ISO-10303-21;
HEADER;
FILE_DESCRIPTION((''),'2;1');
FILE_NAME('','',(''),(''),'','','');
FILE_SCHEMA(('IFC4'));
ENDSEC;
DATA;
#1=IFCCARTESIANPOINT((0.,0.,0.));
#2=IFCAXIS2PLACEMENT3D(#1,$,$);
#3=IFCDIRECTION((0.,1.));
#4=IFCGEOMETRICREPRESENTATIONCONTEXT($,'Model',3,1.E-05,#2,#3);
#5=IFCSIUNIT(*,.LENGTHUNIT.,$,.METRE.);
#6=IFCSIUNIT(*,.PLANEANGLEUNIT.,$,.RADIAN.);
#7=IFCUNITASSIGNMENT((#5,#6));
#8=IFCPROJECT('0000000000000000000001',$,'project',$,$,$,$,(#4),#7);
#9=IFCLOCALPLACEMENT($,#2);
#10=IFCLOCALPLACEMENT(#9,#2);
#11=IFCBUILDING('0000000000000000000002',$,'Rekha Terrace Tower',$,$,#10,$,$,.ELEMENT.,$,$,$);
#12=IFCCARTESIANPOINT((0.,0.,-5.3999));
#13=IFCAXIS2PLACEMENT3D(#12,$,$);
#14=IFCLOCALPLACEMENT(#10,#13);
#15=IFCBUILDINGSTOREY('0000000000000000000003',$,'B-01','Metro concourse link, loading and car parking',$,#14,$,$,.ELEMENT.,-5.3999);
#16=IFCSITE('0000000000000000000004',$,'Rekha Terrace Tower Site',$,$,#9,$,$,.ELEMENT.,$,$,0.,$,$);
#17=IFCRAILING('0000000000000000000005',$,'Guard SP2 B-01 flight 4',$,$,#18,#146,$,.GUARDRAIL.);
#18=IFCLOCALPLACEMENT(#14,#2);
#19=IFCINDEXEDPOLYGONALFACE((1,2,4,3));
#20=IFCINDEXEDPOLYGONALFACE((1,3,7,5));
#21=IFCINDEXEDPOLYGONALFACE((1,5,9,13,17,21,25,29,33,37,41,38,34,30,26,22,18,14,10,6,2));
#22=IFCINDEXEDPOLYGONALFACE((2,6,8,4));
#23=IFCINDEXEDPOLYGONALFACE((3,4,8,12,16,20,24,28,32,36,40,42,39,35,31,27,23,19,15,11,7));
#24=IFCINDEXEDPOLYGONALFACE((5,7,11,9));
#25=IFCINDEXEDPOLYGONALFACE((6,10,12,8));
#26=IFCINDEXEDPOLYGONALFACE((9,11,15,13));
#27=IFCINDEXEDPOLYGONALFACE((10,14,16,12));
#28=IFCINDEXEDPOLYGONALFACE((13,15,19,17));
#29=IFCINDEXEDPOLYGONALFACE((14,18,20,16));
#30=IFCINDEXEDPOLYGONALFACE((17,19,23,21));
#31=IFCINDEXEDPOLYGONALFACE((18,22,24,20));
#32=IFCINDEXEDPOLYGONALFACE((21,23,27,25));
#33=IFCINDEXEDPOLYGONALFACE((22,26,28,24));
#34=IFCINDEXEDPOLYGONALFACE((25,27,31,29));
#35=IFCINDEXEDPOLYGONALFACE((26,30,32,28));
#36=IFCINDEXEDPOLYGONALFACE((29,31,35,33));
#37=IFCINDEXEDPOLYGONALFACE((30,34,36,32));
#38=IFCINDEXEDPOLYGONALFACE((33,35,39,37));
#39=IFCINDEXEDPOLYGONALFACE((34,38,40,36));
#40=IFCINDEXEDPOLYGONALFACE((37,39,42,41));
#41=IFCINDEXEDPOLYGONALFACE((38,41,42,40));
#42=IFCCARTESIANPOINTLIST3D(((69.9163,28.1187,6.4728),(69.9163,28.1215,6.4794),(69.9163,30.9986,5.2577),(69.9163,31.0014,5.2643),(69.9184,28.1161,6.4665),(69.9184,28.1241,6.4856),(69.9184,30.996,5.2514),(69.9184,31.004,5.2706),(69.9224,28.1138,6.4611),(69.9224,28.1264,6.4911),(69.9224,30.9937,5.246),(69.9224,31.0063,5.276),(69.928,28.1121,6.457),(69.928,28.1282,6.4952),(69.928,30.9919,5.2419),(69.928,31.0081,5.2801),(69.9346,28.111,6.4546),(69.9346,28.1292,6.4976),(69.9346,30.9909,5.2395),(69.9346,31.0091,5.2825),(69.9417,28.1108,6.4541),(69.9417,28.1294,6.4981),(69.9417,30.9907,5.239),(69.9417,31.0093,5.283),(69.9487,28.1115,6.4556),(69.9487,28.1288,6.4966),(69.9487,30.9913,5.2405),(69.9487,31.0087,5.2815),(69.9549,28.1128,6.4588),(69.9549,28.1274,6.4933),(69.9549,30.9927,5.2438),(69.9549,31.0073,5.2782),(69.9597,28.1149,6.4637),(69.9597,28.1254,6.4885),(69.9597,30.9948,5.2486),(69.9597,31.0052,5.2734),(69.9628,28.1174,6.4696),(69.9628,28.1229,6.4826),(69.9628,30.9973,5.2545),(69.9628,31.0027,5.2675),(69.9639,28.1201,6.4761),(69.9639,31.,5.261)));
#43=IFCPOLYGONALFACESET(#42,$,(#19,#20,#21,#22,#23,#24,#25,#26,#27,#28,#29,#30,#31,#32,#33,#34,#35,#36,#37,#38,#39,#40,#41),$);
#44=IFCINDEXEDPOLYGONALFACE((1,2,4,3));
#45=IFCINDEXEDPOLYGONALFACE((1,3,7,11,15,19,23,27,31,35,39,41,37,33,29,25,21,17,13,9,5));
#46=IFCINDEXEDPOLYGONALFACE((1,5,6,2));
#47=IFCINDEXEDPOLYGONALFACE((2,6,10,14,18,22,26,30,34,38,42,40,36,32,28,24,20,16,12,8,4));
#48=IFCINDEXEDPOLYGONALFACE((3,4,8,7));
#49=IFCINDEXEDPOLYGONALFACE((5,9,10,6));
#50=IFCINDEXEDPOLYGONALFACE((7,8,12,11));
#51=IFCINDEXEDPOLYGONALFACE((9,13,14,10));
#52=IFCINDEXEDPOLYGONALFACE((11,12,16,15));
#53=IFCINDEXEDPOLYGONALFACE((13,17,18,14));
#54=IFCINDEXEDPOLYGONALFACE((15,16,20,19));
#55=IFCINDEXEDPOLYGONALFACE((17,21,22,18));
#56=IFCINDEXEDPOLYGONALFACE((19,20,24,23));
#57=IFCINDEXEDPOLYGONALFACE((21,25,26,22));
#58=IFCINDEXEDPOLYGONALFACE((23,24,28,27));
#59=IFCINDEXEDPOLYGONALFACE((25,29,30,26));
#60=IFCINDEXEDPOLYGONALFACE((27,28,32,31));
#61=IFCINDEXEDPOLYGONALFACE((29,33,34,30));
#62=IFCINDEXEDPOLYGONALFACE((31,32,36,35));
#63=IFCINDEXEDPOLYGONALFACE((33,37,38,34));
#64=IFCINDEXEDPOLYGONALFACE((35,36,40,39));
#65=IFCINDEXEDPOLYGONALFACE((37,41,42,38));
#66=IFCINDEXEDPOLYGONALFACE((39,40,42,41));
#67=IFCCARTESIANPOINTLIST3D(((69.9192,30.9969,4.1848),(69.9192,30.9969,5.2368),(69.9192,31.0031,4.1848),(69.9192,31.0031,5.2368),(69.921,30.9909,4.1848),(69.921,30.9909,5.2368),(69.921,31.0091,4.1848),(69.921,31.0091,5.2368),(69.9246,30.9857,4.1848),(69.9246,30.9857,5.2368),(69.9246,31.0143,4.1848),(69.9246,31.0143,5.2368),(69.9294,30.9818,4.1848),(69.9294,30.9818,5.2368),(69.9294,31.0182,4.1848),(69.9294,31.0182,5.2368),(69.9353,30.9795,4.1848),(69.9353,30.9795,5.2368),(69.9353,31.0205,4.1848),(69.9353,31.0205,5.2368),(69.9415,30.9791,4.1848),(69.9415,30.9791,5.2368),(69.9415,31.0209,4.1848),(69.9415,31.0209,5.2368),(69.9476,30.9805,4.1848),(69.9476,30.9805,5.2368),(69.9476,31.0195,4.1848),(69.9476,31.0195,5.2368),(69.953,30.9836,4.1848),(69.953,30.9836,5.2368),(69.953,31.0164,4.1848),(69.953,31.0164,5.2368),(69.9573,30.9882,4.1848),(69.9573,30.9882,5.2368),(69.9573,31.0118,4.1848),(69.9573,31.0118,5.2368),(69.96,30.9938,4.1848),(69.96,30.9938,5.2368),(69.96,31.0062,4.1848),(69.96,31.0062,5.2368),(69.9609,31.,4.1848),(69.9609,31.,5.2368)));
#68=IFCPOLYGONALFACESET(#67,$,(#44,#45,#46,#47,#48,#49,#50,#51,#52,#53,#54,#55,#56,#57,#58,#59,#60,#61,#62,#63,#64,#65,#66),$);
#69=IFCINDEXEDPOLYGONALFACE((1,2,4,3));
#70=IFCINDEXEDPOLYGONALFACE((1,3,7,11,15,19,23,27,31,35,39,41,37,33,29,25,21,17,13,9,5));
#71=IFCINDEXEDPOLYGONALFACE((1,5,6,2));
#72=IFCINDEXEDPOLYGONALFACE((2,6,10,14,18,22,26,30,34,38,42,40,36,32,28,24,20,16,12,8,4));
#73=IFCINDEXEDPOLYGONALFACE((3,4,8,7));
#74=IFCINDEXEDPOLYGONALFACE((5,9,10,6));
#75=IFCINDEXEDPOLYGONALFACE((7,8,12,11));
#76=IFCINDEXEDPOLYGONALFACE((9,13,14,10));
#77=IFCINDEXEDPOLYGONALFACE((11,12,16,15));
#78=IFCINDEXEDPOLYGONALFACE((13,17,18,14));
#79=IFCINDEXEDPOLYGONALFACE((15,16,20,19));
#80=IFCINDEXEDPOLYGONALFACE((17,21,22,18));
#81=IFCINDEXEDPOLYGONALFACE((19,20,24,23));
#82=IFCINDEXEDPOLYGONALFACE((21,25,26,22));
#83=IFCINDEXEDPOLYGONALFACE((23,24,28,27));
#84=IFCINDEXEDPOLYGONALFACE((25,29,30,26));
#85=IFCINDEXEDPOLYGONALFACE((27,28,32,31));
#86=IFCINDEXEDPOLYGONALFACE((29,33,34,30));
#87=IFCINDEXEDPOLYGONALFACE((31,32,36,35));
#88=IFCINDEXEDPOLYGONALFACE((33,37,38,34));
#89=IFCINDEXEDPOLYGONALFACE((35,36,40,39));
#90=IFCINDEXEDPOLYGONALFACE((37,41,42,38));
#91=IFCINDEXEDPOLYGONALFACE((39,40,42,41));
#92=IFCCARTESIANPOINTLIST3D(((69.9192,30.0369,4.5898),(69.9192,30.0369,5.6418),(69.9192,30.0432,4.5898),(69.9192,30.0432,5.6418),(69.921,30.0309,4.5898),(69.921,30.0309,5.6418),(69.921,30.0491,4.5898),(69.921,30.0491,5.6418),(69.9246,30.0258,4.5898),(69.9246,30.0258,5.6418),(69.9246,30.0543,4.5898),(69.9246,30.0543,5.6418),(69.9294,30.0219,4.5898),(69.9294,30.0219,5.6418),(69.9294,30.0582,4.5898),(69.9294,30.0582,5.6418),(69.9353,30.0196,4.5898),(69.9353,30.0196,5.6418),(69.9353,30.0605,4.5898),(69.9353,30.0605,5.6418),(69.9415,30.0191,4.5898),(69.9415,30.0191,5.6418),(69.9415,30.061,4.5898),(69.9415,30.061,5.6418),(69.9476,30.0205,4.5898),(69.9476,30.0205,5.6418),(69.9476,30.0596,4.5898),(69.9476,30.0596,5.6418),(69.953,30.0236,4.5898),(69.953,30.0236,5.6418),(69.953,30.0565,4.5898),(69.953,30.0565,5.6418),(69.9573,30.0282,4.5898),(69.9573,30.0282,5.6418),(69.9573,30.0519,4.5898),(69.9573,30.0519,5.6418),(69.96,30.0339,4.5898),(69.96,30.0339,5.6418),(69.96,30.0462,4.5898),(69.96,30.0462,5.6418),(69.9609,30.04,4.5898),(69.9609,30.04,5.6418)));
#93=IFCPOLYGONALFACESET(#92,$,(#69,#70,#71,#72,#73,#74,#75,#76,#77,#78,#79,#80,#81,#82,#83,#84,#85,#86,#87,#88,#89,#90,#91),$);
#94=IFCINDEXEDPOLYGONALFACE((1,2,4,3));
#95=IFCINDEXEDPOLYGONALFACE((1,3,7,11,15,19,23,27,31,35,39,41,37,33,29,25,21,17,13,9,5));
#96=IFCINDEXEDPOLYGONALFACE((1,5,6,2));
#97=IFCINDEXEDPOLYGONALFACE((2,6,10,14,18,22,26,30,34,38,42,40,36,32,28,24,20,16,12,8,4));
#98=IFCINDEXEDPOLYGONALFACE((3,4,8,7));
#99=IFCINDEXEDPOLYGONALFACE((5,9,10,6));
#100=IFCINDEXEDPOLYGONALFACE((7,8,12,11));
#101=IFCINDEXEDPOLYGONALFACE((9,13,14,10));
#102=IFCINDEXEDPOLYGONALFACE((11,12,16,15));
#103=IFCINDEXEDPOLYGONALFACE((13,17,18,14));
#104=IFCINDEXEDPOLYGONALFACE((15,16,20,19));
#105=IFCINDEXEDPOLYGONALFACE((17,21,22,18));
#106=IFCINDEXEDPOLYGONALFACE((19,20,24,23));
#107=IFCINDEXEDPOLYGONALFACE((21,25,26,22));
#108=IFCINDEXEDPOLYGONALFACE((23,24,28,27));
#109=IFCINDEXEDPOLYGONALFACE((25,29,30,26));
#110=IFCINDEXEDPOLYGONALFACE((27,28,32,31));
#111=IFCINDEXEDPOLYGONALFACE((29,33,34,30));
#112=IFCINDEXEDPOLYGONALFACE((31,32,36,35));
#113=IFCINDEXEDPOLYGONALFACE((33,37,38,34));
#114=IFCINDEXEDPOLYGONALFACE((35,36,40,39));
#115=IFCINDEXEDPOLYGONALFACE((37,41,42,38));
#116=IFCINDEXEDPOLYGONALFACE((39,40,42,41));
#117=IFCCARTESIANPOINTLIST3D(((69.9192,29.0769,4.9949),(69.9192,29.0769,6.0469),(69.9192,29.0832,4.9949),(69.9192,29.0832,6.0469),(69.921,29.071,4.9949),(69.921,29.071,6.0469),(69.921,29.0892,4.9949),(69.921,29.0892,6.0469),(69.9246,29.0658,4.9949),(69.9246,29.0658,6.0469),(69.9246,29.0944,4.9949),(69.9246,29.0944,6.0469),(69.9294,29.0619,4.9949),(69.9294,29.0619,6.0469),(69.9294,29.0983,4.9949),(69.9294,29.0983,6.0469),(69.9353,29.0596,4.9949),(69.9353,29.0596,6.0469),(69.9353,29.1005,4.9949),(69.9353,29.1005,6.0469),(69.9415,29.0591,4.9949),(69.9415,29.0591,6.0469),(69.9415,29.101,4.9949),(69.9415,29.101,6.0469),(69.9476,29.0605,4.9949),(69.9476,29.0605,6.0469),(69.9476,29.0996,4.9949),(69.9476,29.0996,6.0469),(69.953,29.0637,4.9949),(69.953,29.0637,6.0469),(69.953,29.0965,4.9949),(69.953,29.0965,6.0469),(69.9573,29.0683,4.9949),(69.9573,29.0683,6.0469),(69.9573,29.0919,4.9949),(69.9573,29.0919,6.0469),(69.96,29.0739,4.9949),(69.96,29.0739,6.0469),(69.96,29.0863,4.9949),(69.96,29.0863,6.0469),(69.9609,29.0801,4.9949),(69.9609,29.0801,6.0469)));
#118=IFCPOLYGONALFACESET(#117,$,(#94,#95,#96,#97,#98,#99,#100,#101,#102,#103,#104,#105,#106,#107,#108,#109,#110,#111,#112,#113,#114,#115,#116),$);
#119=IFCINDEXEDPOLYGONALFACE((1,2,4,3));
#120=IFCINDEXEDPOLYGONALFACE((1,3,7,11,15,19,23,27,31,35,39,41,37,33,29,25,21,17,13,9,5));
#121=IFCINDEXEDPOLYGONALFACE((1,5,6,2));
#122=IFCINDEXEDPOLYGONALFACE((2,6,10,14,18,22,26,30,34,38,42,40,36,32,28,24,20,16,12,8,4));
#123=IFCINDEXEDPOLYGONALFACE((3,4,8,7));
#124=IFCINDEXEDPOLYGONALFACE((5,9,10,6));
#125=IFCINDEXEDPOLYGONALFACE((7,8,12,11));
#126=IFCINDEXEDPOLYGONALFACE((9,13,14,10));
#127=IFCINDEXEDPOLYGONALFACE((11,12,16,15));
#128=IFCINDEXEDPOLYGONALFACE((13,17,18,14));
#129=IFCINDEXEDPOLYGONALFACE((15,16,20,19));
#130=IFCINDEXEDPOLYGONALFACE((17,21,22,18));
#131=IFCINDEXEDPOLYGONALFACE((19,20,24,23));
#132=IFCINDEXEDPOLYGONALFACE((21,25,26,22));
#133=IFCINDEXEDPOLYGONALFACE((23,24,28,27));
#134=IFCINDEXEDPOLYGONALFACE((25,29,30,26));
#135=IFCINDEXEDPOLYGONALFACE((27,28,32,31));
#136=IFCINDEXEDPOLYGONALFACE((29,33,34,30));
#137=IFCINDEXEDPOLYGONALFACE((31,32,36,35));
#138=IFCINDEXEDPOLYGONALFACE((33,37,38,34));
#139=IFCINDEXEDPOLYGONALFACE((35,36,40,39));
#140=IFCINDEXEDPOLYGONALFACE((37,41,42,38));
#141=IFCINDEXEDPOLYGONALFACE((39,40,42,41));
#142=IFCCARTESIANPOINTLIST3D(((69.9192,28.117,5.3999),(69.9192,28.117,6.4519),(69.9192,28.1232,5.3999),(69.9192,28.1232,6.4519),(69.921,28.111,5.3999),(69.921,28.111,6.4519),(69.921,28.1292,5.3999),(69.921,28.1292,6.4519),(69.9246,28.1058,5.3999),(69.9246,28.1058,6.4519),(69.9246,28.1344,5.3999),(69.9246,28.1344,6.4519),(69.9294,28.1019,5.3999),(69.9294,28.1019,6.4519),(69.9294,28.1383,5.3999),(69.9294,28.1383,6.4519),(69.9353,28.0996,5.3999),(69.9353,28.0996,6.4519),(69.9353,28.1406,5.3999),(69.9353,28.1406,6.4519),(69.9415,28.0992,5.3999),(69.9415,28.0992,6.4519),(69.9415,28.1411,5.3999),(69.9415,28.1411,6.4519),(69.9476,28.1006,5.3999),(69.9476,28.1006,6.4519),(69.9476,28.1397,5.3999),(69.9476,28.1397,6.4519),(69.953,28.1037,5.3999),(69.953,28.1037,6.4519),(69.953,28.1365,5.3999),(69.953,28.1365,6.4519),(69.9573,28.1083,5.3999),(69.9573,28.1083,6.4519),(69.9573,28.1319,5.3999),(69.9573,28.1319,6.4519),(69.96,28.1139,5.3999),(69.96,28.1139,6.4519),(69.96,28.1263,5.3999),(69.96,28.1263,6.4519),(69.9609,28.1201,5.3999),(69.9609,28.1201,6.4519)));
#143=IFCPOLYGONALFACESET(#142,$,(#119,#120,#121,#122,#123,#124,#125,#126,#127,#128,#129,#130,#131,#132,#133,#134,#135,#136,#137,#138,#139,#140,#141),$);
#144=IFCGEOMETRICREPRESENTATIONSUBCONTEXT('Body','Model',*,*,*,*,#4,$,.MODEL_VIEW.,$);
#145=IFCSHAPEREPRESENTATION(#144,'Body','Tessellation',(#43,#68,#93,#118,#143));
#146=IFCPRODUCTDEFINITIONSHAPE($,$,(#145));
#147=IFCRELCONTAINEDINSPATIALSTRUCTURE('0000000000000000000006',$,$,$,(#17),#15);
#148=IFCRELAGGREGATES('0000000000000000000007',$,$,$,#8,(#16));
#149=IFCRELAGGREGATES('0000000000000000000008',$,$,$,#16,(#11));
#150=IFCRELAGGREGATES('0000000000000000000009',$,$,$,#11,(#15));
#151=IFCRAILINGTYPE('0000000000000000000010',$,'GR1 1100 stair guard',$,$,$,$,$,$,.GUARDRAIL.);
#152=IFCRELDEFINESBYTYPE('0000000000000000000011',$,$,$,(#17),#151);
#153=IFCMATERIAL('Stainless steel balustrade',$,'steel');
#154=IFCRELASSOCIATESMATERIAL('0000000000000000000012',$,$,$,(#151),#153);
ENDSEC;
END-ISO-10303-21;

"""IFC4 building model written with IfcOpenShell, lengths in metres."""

from ifc_helpers import new_model, si_unit, direction, frame, origin, origin_2d, place, context, subcontext, project, spatial, circle, extrude, material, type_object, element, save


model = new_model("IFC4")

# Units and contexts
model_context = context("Model", 3, precision=1e-05, world=origin(), true_north=direction((0.0, 1.0)))
body_context = subcontext(model_context, "Body", "Model", "MODEL_VIEW")
ifc_project = project(units=[si_unit("LENGTHUNIT", "METRE"), si_unit("PLANEANGLEUNIT", "RADIAN")], contexts=[model_context])

# Site, building, storey
site_placement = place(None, origin())
site = spatial("IfcSite", under=ifc_project, at=site_placement, Name="Rekha Terrace Tower Site", CompositionType="ELEMENT", RefElevation=0.0)
building_placement = place(site_placement, origin())
building = spatial("IfcBuilding", under=site, at=building_placement, Name="Rekha Terrace Tower", CompositionType="ELEMENT")
storey_placement = place(building_placement, frame((0.0, 0.0, -5.3999)))
storey = spatial("IfcBuildingStorey", under=building, at=storey_placement, Name="B-01", Description="Metro concourse link, loading and car parking", CompositionType="ELEMENT", Elevation=-5.3999)

# Railing
ifc_material_1 = material(Name="Stainless steel balustrade", Category="steel")
railing_type_1 = type_object("IfcRailingType", Name="GR1 1100 stair guard", PredefinedType="GUARDRAIL", material=ifc_material_1)
railing_1_placement = place(storey_placement, frame((69.9399, 31.0, 4.1848)))
element("IfcRailing", 1, at=railing_1_placement, inside=storey, type_object=railing_type_1, Name="Guard SP2 B-01 flight 4", PredefinedType="GUARDRAIL", context=body_context, shape_type="SweptSolid", body=[
    extrude(circle(Radius=0.0239, at=origin_2d()), frame((0.0, 0.0, 1.0762), z_axis=(0.0, -0.921348, 0.388738), x_axis=(1.0, 0.0, 0.0)), (0.0, 0.0, 1.0), 3.1257),
    extrude(circle(Radius=0.021, at=origin_2d()), origin(), (0.0, 0.0, 1.0), 1.052),
    extrude(circle(Radius=0.021, at=origin_2d()), frame((0.0, -0.96, 0.405)), (0.0, 0.0, 1.0), 1.052),
    extrude(circle(Radius=0.021, at=origin_2d()), frame((0.0, -1.9199, 0.8101)), (0.0, 0.0, 1.0), 1.052),
    extrude(circle(Radius=0.021, at=origin_2d()), frame((0.0, -2.8799, 1.2151)), (0.0, 0.0, 1.0), 1.052),
])

save(model, "model.ifc")
